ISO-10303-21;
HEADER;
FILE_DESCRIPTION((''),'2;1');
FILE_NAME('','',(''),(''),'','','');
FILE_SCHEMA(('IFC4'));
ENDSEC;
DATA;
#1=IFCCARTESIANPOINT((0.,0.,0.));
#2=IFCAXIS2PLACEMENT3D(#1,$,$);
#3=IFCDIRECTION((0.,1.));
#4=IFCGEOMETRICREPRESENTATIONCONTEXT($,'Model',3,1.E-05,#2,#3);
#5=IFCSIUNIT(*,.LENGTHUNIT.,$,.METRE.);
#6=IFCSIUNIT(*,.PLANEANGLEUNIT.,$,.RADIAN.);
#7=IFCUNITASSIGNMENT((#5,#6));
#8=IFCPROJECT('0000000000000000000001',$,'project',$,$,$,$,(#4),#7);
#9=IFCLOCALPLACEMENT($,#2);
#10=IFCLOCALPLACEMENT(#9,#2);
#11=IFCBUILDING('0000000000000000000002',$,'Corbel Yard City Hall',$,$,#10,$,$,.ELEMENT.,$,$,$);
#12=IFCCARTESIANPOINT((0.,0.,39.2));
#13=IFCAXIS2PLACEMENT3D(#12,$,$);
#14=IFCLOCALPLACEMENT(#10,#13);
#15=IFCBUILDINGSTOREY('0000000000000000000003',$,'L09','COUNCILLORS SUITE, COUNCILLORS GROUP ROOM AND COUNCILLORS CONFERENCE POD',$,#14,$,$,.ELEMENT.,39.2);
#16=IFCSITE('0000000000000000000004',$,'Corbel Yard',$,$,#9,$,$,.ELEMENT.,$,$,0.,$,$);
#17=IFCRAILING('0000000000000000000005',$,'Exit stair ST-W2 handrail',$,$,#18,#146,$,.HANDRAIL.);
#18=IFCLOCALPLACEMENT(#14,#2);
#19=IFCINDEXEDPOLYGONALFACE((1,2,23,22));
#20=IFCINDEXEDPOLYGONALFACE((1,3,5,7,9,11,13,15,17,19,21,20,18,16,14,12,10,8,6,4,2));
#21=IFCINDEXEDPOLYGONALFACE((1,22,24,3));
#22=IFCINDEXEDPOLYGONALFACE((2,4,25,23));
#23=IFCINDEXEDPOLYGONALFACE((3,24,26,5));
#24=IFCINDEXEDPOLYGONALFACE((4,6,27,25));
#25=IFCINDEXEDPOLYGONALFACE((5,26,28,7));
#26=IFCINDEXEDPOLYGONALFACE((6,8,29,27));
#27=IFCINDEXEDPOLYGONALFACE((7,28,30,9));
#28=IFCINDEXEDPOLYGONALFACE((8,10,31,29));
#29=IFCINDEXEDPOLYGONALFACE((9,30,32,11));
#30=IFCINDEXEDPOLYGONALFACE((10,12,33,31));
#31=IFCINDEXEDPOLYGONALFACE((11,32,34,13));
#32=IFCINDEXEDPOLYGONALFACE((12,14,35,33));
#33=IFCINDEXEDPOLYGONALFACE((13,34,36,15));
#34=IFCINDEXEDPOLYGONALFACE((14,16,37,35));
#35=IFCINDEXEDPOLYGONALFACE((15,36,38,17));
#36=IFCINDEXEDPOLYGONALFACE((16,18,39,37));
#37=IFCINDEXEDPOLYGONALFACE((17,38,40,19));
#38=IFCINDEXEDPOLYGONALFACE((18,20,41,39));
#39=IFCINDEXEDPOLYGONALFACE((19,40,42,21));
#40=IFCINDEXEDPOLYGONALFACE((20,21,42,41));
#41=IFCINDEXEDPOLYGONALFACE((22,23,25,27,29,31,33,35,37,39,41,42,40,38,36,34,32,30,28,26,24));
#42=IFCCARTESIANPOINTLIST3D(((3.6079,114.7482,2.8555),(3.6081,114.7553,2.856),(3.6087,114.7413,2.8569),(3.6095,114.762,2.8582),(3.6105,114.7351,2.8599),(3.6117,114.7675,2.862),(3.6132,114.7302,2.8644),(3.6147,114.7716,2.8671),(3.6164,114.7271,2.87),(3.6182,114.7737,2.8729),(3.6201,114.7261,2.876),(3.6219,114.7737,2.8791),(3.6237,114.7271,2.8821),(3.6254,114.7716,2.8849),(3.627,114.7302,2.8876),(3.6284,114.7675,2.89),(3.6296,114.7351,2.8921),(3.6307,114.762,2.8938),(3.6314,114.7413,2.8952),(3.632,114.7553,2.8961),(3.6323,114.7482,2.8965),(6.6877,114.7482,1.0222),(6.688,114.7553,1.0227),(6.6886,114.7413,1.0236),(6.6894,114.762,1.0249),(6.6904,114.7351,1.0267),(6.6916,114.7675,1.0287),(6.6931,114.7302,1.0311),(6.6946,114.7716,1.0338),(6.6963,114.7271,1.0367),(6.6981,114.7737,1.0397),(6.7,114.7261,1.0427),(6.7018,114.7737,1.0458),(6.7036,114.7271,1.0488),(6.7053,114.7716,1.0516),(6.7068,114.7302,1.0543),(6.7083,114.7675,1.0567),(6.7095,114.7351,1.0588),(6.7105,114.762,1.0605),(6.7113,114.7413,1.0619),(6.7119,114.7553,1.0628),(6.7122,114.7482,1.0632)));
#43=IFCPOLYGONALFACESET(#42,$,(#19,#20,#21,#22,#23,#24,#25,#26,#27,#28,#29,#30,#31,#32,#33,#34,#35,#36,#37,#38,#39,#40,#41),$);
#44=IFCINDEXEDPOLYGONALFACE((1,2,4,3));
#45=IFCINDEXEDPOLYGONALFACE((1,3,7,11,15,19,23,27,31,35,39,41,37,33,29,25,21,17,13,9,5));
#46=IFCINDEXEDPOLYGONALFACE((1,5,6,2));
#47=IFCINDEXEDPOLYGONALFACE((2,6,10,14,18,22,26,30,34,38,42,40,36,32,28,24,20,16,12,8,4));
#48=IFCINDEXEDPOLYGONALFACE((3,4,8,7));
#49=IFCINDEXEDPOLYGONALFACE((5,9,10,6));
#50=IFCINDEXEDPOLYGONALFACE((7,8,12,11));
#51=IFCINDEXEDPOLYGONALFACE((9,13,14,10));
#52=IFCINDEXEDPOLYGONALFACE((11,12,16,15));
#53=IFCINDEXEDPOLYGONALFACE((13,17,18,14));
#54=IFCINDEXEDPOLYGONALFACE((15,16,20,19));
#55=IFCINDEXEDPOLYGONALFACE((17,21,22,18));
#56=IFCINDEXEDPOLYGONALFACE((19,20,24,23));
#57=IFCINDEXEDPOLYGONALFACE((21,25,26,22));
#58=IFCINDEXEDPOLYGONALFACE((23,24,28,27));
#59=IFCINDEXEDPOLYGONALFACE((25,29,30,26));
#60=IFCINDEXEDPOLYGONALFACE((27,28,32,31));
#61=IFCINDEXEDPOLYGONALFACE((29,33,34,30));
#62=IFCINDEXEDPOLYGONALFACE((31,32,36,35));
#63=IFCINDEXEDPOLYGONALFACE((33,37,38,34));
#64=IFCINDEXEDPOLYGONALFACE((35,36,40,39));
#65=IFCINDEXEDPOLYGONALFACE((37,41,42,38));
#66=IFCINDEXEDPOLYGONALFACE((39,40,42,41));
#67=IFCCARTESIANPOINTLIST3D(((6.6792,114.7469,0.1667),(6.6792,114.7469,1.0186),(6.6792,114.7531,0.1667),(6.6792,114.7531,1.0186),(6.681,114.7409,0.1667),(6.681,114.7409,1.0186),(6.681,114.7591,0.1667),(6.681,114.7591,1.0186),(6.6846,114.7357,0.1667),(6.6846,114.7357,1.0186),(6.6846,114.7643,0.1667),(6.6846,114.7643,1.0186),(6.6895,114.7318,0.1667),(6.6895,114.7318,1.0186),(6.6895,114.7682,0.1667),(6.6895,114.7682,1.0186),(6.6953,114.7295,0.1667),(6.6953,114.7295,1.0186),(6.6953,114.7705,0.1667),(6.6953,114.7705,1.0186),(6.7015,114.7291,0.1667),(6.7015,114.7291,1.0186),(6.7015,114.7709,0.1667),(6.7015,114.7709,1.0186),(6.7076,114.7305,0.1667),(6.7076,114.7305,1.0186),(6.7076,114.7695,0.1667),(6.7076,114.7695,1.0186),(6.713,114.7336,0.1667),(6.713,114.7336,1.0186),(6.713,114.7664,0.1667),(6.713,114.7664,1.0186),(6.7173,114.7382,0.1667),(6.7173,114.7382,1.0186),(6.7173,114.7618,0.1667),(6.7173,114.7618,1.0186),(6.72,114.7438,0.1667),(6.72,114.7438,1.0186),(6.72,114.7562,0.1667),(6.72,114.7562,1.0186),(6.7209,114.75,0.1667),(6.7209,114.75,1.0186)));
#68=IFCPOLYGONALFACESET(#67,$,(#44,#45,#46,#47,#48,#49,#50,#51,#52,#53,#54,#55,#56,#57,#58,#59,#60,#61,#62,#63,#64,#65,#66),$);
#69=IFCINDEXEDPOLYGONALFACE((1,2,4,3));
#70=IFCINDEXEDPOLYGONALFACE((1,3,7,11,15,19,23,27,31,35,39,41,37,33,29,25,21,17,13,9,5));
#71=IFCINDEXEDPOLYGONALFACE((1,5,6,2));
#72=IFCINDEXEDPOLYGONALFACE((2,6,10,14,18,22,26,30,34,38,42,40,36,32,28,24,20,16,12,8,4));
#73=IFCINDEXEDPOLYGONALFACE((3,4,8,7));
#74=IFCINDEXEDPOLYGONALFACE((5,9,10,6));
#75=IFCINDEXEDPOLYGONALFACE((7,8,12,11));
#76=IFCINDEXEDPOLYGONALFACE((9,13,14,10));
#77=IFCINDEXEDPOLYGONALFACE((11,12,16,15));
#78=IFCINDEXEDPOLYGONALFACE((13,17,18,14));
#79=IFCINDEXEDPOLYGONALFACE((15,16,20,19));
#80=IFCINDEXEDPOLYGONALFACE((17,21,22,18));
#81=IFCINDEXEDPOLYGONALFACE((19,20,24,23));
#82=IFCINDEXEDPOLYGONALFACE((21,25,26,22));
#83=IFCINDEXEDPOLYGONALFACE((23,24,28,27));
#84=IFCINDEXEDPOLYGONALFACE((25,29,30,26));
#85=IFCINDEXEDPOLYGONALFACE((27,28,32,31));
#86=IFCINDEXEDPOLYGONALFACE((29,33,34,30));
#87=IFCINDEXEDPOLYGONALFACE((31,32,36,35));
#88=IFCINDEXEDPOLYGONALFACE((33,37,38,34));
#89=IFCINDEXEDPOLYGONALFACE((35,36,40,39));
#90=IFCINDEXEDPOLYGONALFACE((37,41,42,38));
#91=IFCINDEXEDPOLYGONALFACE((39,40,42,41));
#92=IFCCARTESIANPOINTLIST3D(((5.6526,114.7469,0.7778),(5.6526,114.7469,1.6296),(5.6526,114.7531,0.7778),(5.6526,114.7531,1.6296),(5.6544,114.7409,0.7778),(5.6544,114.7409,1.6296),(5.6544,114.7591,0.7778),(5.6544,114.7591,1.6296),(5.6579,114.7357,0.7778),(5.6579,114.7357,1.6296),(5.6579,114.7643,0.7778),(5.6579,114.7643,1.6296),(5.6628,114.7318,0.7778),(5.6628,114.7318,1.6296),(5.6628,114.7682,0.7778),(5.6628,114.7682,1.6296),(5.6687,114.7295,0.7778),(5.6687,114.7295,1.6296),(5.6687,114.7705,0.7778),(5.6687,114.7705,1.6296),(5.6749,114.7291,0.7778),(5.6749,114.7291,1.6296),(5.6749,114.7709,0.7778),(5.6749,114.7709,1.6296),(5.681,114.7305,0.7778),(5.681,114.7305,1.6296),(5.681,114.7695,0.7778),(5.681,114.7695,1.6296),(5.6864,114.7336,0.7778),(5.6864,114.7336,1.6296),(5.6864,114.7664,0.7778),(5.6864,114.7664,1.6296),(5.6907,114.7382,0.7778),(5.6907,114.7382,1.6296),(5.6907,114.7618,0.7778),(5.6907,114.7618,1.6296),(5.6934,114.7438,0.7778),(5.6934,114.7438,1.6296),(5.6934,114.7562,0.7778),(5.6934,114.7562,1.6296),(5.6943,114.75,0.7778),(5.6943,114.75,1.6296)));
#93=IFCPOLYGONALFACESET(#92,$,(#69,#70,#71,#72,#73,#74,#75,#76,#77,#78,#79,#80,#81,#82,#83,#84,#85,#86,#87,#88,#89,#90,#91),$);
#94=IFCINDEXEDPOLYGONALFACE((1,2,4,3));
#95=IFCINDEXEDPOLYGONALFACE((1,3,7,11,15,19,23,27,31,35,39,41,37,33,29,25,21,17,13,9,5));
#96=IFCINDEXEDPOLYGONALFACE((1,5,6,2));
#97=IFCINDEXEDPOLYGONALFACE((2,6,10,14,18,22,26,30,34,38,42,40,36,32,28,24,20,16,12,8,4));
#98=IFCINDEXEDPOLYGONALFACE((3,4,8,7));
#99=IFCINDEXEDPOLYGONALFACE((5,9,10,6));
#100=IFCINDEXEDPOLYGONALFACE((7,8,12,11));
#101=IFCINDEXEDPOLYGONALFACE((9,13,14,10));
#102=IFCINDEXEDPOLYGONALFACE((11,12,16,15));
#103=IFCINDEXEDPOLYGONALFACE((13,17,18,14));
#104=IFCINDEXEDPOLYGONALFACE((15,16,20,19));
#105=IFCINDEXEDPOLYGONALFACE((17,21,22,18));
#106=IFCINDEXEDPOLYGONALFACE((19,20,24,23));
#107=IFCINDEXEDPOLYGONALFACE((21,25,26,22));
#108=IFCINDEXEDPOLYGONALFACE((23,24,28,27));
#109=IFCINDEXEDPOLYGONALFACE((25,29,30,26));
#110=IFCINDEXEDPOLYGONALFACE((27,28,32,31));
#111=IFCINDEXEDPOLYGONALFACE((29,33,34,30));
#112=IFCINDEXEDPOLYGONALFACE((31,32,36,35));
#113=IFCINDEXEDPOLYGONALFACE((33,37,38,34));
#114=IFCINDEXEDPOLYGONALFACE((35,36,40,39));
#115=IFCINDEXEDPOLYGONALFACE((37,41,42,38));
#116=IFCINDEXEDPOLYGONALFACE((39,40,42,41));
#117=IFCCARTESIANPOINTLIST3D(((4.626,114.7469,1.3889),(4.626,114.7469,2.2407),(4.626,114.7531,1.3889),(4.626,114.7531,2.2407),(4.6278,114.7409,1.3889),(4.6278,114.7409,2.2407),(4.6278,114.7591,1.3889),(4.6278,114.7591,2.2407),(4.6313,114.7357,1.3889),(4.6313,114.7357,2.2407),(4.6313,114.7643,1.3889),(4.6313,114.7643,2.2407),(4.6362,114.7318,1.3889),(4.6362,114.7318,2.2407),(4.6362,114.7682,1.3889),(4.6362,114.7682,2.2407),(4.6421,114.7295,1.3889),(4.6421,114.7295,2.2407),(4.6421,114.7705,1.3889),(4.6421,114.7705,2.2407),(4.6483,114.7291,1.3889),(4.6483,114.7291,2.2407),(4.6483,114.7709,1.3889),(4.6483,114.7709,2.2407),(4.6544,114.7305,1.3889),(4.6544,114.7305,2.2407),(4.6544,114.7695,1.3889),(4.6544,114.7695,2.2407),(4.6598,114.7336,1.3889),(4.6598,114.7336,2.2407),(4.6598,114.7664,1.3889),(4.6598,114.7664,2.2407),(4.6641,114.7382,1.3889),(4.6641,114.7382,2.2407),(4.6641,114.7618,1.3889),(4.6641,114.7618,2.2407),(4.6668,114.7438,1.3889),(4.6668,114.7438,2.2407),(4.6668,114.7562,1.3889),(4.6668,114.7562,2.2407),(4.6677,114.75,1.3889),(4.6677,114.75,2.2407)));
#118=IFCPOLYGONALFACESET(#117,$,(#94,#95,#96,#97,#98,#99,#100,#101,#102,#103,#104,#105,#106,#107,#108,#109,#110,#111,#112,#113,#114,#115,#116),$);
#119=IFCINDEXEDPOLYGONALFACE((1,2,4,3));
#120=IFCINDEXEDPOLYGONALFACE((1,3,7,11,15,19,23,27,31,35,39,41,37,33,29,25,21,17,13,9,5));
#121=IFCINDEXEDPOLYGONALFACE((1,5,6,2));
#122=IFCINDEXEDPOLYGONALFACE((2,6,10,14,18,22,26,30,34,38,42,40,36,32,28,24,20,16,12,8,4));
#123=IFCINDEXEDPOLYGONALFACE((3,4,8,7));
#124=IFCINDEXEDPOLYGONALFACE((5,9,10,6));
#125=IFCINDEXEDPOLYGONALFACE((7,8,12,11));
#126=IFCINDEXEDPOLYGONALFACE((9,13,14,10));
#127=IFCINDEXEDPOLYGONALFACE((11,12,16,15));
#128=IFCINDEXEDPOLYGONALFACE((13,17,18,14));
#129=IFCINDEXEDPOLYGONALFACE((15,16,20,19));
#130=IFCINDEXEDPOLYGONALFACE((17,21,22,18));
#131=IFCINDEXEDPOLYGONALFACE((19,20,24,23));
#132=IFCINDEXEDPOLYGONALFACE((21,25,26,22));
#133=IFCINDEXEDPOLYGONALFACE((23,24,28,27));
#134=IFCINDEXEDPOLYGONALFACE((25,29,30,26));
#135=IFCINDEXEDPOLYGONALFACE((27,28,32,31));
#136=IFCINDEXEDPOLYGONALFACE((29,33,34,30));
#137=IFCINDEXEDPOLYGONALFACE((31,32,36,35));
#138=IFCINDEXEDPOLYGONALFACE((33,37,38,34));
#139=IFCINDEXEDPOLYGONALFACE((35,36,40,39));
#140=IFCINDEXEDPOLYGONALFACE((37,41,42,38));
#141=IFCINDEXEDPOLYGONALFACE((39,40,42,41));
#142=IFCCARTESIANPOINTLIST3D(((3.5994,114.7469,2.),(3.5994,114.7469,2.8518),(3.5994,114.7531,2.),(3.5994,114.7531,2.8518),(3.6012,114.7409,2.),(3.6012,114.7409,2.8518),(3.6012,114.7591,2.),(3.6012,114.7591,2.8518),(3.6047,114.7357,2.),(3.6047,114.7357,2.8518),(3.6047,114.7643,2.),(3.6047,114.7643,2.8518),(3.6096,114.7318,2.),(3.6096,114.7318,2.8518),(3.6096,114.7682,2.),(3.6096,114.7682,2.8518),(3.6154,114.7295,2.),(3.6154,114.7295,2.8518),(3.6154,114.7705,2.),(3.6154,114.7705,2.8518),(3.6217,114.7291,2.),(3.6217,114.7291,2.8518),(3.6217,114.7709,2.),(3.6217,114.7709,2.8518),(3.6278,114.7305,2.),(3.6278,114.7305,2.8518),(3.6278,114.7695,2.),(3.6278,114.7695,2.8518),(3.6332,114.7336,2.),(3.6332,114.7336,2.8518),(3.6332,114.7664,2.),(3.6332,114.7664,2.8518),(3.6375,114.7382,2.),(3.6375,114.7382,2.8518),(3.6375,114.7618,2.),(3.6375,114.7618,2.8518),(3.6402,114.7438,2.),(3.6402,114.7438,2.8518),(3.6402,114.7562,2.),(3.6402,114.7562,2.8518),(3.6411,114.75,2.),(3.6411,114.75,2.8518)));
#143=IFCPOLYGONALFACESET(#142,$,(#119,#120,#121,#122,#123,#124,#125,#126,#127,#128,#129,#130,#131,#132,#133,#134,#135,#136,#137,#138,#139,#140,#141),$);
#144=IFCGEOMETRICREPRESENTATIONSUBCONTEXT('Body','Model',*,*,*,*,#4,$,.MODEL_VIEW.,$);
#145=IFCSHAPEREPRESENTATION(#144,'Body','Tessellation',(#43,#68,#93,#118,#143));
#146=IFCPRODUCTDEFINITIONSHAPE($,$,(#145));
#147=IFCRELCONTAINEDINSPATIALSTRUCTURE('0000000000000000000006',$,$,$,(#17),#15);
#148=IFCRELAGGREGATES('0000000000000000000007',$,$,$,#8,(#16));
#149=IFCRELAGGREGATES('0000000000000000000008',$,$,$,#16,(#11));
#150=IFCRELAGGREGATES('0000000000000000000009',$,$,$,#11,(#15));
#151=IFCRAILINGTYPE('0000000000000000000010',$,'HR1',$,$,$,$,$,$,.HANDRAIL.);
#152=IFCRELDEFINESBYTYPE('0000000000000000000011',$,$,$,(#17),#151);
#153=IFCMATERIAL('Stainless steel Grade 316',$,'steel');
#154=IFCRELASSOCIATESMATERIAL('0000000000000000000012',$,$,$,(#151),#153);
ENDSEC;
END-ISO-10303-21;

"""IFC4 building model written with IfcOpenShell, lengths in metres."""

from ifc_helpers import new_model, si_unit, direction, frame, origin, origin_2d, place, context, subcontext, project, spatial, circle, extrude, material, type_object, element, save


model = new_model("IFC4")

# Units and contexts
model_context = context("Model", 3, precision=1e-05, world=origin(), true_north=direction((0.0, 1.0)))
body_context = subcontext(model_context, "Body", "Model", "MODEL_VIEW")
ifc_project = project(units=[si_unit("LENGTHUNIT", "METRE"), si_unit("PLANEANGLEUNIT", "RADIAN")], contexts=[model_context])

# Site, building, storey
site_placement = place(None, origin())
site = spatial("IfcSite", under=ifc_project, at=site_placement, Name="Corbel Yard", CompositionType="ELEMENT", RefElevation=0.0)
building_placement = place(site_placement, origin())
building = spatial("IfcBuilding", under=site, at=building_placement, Name="Corbel Yard City Hall", CompositionType="ELEMENT")
storey_placement = place(building_placement, frame((0.0, 0.0, 39.2)))
storey = spatial("IfcBuildingStorey", under=building, at=storey_placement, Name="L09", Description="COUNCILLORS SUITE, COUNCILLORS GROUP ROOM AND COUNCILLORS CONFERENCE POD", CompositionType="ELEMENT", Elevation=39.2)

# Shared definitions
ifc_material_1 = material(Name="Stainless steel Grade 316", Category="steel")

# Railing
railing_type = type_object("IfcRailingType", Name="HR1", PredefinedType="HANDRAIL", material=ifc_material_1)
for number, where, name in (
    (1, (6.7, 114.75, 0.1667), "Exit stair ST-W2 handrail"),
):
    element("IfcRailing", number, at=place(storey_placement, frame(where)), inside=storey, type_object=railing_type, Name=name, PredefinedType="HANDRAIL", context=body_context, shape_type="SweptSolid", body=[
        extrude(circle(Radius=0.0239, at=origin_2d()), frame((0.0, 0.0, 0.876), z_axis=(-0.859291, 0.0, 0.511487), x_axis=(0.0, -1.0, 0.0)), (0.0, 0.0, 1.0), 3.5842),
        extrude(circle(Radius=0.021, at=origin_2d()), origin(), (0.0, 0.0, 1.0), 0.8518),
        extrude(circle(Radius=0.021, at=origin_2d()), frame((-1.0266, 0.0, 0.6111)), (0.0, 0.0, 1.0), 0.8518),
        extrude(circle(Radius=0.021, at=origin_2d()), frame((-2.0532, 0.0, 1.2222)), (0.0, 0.0, 1.0), 0.8518),
        extrude(circle(Radius=0.021, at=origin_2d()), frame((-3.0798, 0.0, 1.8333)), (0.0, 0.0, 1.0), 0.8518),
    ])

save(model, "model.ifc")
